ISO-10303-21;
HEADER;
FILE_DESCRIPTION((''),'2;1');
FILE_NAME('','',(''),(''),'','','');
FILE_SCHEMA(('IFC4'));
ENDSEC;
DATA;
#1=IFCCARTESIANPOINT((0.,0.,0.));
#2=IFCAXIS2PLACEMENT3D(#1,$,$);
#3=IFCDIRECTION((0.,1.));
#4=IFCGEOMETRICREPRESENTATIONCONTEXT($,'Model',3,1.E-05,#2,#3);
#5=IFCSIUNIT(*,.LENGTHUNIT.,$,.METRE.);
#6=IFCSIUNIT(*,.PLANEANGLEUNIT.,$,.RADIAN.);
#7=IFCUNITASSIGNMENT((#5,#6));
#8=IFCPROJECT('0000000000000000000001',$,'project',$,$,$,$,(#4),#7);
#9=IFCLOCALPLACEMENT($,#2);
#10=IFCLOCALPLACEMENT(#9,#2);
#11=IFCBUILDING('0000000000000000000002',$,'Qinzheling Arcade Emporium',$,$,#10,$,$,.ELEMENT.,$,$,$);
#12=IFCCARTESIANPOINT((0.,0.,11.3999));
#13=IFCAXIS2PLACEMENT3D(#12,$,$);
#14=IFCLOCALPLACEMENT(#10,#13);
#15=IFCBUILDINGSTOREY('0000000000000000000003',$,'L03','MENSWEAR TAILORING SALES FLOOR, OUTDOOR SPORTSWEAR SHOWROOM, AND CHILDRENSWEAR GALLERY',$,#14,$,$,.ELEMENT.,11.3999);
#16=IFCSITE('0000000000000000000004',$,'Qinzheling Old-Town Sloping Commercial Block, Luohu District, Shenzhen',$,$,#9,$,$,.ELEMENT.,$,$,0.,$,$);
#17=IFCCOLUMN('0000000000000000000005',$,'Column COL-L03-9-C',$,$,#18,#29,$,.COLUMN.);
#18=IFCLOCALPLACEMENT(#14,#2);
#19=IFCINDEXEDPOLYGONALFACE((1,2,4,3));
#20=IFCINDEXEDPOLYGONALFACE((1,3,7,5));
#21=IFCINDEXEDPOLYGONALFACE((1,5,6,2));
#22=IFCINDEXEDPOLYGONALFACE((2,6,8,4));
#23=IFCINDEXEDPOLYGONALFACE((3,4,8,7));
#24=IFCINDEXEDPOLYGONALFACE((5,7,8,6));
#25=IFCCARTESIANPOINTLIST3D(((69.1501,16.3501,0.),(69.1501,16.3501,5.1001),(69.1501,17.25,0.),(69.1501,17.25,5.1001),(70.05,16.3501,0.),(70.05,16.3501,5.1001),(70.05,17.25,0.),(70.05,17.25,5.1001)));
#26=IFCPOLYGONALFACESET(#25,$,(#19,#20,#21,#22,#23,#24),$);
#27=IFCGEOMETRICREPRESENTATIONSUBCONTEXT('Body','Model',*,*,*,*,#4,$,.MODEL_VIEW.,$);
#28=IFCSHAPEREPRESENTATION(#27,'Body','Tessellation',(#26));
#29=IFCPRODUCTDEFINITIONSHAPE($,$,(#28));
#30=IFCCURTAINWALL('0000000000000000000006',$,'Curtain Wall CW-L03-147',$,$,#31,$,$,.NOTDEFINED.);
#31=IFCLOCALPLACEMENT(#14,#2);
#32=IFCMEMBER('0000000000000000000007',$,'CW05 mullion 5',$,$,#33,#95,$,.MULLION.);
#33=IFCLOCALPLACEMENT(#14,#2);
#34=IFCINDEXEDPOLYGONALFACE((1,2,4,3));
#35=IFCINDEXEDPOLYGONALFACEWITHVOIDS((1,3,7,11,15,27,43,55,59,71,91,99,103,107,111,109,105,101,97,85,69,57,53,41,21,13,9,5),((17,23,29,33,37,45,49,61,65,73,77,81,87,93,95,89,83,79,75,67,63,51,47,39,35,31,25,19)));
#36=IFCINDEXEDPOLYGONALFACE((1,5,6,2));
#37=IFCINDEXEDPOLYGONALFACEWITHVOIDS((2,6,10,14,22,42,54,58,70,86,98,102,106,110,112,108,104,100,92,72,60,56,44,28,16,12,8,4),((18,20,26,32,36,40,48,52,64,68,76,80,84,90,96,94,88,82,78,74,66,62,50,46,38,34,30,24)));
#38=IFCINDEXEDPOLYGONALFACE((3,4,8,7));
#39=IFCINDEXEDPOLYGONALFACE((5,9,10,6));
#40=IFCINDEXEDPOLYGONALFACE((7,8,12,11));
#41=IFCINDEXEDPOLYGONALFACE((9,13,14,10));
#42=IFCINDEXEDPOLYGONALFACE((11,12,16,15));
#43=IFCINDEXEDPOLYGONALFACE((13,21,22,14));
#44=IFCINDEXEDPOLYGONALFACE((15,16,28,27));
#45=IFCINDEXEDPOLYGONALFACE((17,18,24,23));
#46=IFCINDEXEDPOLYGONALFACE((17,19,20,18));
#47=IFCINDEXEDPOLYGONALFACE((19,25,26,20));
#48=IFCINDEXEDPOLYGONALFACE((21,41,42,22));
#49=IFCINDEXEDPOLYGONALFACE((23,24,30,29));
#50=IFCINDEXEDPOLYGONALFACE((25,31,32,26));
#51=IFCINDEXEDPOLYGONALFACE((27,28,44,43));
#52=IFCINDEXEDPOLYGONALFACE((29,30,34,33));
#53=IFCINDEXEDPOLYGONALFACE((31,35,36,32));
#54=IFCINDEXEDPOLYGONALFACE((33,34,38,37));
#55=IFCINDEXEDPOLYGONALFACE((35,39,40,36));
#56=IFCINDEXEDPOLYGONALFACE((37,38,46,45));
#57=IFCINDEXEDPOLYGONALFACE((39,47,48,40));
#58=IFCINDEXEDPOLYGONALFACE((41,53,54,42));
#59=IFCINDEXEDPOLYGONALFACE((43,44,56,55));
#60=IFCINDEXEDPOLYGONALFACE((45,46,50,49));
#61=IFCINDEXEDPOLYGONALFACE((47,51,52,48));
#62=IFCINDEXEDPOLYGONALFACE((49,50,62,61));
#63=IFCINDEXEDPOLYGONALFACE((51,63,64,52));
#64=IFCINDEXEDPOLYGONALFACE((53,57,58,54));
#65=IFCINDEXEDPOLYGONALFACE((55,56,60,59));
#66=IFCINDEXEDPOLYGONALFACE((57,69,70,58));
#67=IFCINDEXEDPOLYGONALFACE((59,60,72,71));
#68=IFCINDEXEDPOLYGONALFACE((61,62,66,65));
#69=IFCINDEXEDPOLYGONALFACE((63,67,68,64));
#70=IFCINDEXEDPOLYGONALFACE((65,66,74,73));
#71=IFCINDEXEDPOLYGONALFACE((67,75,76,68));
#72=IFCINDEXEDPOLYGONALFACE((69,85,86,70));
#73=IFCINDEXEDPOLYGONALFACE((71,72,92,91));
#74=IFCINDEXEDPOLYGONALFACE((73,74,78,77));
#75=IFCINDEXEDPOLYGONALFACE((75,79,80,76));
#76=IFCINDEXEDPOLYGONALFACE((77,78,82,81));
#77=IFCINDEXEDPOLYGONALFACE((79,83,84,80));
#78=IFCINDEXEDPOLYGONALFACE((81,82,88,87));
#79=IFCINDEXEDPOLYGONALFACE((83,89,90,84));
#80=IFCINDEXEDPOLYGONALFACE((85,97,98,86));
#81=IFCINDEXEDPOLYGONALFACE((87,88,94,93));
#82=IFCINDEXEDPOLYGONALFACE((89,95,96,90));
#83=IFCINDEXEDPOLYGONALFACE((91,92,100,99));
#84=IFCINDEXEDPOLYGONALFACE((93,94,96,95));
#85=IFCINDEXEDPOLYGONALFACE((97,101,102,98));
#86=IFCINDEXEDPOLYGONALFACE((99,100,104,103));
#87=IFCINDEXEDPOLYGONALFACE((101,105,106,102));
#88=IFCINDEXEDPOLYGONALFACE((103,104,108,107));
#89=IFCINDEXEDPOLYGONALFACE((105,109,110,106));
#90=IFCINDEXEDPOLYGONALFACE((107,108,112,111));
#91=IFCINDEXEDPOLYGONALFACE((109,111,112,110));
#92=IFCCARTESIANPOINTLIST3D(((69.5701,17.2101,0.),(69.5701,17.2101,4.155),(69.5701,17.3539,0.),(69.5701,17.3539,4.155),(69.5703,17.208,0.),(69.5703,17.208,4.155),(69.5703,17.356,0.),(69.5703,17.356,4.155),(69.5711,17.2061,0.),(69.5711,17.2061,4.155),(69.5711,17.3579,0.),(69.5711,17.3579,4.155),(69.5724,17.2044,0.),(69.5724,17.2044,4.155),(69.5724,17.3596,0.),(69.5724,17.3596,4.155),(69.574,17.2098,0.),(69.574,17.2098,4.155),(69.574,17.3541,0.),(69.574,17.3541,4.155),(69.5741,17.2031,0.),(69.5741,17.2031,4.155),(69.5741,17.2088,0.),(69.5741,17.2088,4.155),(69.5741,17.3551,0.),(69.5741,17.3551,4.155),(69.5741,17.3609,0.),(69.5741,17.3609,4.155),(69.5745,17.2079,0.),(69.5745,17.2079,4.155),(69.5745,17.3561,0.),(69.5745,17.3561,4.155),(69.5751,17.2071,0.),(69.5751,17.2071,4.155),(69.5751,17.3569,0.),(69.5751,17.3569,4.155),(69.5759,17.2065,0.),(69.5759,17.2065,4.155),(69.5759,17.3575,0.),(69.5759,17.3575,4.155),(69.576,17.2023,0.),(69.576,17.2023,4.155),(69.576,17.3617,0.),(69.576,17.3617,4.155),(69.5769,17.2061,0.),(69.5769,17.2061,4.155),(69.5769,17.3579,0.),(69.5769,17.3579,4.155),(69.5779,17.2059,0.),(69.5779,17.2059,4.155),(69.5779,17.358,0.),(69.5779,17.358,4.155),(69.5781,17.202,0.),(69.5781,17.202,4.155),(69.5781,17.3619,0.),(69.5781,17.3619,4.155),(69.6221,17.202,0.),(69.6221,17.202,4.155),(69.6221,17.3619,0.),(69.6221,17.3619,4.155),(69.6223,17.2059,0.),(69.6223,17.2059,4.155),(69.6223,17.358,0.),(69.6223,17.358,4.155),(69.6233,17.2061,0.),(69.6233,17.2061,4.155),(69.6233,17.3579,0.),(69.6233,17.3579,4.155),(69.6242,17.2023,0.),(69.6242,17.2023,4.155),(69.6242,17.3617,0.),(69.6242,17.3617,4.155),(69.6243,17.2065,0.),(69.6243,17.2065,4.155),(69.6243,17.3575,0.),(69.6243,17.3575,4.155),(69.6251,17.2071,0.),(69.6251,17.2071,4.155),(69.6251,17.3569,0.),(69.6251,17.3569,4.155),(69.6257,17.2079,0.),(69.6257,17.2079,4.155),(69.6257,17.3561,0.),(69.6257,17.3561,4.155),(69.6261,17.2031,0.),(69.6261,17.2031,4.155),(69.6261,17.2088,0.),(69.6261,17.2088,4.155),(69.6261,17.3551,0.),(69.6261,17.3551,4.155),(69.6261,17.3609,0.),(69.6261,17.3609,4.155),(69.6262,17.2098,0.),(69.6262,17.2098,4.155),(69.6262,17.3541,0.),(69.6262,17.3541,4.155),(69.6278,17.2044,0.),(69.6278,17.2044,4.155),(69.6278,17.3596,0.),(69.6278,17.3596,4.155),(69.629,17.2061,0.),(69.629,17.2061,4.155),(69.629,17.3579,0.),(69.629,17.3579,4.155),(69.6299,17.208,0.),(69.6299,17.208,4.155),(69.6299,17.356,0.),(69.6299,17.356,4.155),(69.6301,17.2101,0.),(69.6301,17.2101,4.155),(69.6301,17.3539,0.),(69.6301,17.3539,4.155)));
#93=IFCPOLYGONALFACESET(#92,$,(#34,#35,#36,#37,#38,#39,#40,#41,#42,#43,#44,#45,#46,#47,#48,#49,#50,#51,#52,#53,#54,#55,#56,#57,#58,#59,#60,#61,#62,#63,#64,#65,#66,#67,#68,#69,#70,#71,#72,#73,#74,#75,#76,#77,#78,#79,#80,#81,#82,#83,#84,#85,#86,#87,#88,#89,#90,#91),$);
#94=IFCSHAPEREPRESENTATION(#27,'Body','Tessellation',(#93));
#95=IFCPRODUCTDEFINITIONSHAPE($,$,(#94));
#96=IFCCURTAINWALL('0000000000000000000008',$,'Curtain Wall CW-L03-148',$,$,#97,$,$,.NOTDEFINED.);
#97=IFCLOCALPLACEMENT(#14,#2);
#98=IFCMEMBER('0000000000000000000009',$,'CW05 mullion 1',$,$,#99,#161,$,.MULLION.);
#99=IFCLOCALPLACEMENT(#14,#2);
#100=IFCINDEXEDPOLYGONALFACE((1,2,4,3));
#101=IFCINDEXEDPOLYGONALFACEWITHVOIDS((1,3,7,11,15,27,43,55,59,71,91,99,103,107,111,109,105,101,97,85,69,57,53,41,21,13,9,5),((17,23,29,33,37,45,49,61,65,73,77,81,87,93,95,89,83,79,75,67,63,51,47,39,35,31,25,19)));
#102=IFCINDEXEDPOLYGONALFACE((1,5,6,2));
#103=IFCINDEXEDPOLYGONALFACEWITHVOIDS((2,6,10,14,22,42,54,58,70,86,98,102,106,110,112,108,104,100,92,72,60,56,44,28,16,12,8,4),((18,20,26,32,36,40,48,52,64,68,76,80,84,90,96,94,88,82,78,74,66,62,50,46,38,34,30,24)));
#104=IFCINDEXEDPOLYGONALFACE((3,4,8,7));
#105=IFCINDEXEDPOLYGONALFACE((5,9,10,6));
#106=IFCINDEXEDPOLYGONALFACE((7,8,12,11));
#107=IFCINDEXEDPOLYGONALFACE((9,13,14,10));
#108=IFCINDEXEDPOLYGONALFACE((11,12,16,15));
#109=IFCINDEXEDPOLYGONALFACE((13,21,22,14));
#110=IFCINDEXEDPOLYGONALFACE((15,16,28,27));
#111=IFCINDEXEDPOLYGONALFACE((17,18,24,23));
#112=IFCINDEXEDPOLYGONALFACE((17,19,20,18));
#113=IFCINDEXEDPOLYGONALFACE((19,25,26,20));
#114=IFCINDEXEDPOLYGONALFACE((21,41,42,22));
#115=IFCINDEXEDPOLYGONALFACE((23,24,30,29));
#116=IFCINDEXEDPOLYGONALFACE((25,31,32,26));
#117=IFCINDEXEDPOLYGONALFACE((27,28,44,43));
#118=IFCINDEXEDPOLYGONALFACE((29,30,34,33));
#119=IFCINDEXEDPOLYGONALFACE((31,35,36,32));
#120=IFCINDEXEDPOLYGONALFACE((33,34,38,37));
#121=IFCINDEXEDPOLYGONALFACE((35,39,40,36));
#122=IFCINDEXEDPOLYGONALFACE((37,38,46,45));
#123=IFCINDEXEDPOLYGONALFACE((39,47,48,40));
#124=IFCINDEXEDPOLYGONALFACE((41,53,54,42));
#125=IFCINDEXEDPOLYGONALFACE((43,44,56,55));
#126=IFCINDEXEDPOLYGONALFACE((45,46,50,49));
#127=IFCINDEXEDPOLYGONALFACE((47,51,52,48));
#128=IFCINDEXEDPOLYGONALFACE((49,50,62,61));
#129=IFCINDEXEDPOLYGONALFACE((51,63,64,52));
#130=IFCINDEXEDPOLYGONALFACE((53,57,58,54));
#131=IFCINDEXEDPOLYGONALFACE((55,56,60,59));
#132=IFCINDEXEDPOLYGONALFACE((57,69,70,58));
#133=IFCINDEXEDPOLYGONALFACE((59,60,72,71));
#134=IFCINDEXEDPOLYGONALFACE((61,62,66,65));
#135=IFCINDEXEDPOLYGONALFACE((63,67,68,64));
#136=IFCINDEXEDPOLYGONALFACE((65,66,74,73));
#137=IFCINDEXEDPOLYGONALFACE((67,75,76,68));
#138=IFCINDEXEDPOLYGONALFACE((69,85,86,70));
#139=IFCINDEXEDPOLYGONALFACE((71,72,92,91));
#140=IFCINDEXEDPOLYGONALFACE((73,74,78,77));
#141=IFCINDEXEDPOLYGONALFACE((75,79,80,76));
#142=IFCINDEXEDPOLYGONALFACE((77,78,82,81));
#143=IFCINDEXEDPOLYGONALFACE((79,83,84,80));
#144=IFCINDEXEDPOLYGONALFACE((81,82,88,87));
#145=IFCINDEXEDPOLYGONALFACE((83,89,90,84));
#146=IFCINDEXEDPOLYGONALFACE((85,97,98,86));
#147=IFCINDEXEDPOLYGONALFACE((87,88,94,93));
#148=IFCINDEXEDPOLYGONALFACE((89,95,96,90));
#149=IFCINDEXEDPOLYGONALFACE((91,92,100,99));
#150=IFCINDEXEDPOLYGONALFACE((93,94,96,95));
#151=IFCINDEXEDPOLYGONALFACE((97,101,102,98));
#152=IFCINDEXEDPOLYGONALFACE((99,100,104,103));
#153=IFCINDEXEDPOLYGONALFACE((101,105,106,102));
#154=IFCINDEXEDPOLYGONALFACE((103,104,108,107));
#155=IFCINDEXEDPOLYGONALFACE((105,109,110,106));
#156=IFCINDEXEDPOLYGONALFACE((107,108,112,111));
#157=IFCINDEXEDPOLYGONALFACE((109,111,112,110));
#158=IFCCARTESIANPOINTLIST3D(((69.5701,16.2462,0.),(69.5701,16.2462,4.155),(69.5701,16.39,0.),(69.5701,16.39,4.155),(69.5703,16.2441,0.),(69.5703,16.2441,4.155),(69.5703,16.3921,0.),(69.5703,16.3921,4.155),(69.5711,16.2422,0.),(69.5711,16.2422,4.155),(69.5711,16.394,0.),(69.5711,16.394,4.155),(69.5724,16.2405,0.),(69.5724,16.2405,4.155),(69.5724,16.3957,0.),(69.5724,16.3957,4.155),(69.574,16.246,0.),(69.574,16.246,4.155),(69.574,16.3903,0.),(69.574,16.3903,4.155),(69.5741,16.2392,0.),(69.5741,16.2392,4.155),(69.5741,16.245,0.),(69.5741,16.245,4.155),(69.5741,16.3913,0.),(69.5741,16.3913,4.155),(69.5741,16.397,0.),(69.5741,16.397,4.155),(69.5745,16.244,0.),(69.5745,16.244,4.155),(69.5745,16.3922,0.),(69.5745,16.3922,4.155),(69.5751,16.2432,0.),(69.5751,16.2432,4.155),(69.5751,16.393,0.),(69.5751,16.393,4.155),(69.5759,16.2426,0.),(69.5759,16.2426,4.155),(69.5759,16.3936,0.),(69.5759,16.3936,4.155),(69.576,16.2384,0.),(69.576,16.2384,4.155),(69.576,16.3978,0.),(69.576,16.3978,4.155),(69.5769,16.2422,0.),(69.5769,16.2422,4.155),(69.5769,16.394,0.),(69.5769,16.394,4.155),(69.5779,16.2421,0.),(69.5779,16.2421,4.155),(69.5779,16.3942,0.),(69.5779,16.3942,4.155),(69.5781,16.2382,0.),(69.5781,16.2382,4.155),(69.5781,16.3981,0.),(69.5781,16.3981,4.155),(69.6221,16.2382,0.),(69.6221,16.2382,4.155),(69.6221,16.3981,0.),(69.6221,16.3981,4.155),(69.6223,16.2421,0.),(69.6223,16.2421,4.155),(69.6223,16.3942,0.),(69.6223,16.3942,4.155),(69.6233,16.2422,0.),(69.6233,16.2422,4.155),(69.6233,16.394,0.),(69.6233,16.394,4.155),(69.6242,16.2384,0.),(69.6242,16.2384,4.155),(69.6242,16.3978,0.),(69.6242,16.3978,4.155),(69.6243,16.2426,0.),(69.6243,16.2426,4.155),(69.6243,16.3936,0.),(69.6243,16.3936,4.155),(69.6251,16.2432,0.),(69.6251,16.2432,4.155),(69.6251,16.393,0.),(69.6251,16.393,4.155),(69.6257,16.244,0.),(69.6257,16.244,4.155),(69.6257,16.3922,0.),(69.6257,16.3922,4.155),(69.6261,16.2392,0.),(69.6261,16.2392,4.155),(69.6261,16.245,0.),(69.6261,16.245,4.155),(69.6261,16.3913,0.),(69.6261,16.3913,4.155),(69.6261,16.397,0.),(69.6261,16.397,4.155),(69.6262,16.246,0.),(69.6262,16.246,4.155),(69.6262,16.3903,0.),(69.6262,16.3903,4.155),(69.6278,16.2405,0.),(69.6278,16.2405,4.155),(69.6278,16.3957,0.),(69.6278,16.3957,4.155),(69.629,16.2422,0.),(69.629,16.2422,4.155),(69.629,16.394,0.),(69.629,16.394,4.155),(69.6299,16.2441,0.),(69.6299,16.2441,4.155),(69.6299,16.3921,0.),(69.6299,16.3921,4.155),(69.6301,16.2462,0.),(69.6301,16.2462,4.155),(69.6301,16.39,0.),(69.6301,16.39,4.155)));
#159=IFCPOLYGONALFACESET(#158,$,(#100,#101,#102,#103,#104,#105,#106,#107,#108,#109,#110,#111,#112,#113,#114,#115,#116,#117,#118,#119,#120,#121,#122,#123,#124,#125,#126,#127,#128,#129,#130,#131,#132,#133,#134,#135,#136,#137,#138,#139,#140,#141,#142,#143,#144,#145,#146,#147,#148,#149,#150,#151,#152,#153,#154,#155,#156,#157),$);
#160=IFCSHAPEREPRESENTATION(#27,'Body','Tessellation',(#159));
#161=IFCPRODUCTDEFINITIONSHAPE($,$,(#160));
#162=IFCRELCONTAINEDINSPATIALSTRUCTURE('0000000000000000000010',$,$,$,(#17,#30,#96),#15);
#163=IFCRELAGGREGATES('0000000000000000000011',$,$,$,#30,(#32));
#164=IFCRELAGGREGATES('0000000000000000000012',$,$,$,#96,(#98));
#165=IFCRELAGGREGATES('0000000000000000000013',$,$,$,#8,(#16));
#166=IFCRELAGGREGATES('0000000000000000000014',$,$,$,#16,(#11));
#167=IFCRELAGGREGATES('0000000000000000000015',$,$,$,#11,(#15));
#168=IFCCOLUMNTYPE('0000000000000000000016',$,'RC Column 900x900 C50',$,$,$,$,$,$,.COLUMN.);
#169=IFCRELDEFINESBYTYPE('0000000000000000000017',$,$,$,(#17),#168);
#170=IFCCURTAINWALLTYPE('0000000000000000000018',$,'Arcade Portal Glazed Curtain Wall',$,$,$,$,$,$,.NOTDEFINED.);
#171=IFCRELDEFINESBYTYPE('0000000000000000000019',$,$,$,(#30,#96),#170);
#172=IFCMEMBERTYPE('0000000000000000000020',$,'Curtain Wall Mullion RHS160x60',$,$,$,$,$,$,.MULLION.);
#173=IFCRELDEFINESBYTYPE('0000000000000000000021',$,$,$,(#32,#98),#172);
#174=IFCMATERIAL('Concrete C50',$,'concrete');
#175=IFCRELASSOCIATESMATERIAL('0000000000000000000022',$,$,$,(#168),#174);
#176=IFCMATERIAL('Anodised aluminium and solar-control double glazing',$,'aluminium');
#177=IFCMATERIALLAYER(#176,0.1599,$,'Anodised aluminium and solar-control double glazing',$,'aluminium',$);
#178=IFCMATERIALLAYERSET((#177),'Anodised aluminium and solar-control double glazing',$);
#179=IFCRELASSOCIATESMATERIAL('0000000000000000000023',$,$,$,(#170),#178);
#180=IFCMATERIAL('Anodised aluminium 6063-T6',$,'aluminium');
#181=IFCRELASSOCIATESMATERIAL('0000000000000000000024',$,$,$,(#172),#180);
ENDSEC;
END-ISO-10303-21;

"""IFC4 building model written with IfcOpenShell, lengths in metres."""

from ifc_helpers import new_model, si_unit, direction, frame, origin, origin_2d, place, context, subcontext, project, spatial, rectangle, hollow_rectangle, extrude, material, layer, layer_set, material_profile, profile_set, type_object, element, aggregate, save


model = new_model("IFC4")

# Units and contexts
model_context = context("Model", 3, precision=1e-05, world=origin(), true_north=direction((0.0, 1.0)))
body_context = subcontext(model_context, "Body", "Model", "MODEL_VIEW")
ifc_project = project(units=[si_unit("LENGTHUNIT", "METRE"), si_unit("PLANEANGLEUNIT", "RADIAN")], contexts=[model_context])

# Site, building, storey
site_placement = place(None, origin())
site = spatial("IfcSite", under=ifc_project, at=site_placement, Name="Qinzheling Old-Town Sloping Commercial Block, Luohu District, Shenzhen", CompositionType="ELEMENT", RefElevation=0.0)
building_placement = place(site_placement, origin())
building = spatial("IfcBuilding", under=site, at=building_placement, Name="Qinzheling Arcade Emporium", CompositionType="ELEMENT")
storey_placement = place(building_placement, frame((0.0, 0.0, 11.3999)))
storey = spatial("IfcBuildingStorey", under=building, at=storey_placement, Name="L03", Description="MENSWEAR TAILORING SALES FLOOR, OUTDOOR SPORTSWEAR SHOWROOM, AND CHILDRENSWEAR GALLERY", CompositionType="ELEMENT", Elevation=11.3999)

# Column
ifc_material_1 = material(Name="Concrete C50", Category="concrete")
ifc_material_profile_1 = material_profile(ifc_material_1, rectangle(XDim=0.8999, YDim=0.8999, at=origin_2d()), Name="RC 900x900", Category="concrete")
ifc_profile_set_1 = profile_set([ifc_material_profile_1], Name="Concrete C50")
column_type = type_object("IfcColumnType", Name="RC Column 900x900 C50", PredefinedType="COLUMN", material=ifc_profile_set_1)
column_placement = place(storey_placement, frame((69.6001, 16.8, 0.0), z_axis=(0.0, 0.0, 1.0), x_axis=(1.0, 0.0, 0.0)))
element("IfcColumn", 1, at=column_placement, inside=storey, type_object=column_type, Name="Column COL-L03-9-C", PredefinedType="COLUMN", context=body_context, shape_type="SweptSolid", body=[
    extrude(rectangle(XDim=0.8999, YDim=0.8999, at=origin_2d()), origin(), (0.0, 0.0, 1.0), 5.1001),
])

# Curtain wall, member
ifc_material_2 = material(Name="Anodised aluminium and solar-control double glazing", Category="aluminium")
ifc_layer_1 = layer(ifc_material_2, 0.1599, Name="Anodised aluminium and solar-control double glazing", Category="aluminium")
ifc_layer_set_1 = layer_set([ifc_layer_1], Name="Anodised aluminium and solar-control double glazing")
curtain_wall_type = type_object("IfcCurtainWallType", Name="Arcade Portal Glazed Curtain Wall", PredefinedType="NOTDEFINED", material=ifc_layer_set_1)
curtain_wall_1_placement = place(storey_placement, origin())
curtain_wall_1 = element("IfcCurtainWall", 2, at=curtain_wall_1_placement, inside=storey, type_object=curtain_wall_type, Name="Curtain Wall CW-L03-147", PredefinedType="NOTDEFINED")
ifc_material_3 = material(Name="Anodised aluminium 6063-T6", Category="aluminium")
ifc_material_profile_2 = material_profile(ifc_material_3, hollow_rectangle(XDim=0.0601, YDim=0.1599, WallThickness=0.0039, InnerFilletRadius=0.0039, OuterFilletRadius=0.0081, at=origin_2d()), Name="RHS 160x60x4", Category="aluminium")
ifc_profile_set_2 = profile_set([ifc_material_profile_2], Name="Anodised aluminium 6063-T6")
member_type_1 = type_object("IfcMemberType", Name="Curtain Wall Mullion RHS160x60", PredefinedType="MULLION", material=ifc_profile_set_2)
member_1_placement = place(storey_placement, frame((69.6001, 17.282, 0.0), z_axis=(0.0, 0.0, 1.0), x_axis=(1.0, 0.0, 0.0)))
member_1 = element("IfcMember", 3, at=member_1_placement, type_object=member_type_1, Name="CW05 mullion 5", PredefinedType="MULLION", context=body_context, shape_type="SweptSolid", body=[
    extrude(hollow_rectangle(XDim=0.0601, YDim=0.1599, WallThickness=0.0039, InnerFilletRadius=0.0039, OuterFilletRadius=0.0081, at=origin_2d()), origin(), (0.0, 0.0, 1.0), 4.155),
])

# Curtain wall, member
curtain_wall_2_placement = place(storey_placement, origin())
curtain_wall_2 = element("IfcCurtainWall", 4, at=curtain_wall_2_placement, inside=storey, type_object=curtain_wall_type, Name="Curtain Wall CW-L03-148", PredefinedType="NOTDEFINED")
member_2_placement = place(storey_placement, frame((69.6001, 16.3181, 0.0), z_axis=(0.0, 0.0, 1.0), x_axis=(1.0, 0.0, 0.0)))
member_2 = element("IfcMember", 5, at=member_2_placement, type_object=member_type_1, Name="CW05 mullion 1", PredefinedType="MULLION", context=body_context, shape_type="SweptSolid", body=[
    extrude(hollow_rectangle(XDim=0.0601, YDim=0.1599, WallThickness=0.0039, InnerFilletRadius=0.0039, OuterFilletRadius=0.0081, at=origin_2d()), origin(), (0.0, 0.0, 1.0), 4.155),
])

aggregate(curtain_wall_1, [member_1])
aggregate(curtain_wall_2, [member_2])

save(model, "model.ifc")
